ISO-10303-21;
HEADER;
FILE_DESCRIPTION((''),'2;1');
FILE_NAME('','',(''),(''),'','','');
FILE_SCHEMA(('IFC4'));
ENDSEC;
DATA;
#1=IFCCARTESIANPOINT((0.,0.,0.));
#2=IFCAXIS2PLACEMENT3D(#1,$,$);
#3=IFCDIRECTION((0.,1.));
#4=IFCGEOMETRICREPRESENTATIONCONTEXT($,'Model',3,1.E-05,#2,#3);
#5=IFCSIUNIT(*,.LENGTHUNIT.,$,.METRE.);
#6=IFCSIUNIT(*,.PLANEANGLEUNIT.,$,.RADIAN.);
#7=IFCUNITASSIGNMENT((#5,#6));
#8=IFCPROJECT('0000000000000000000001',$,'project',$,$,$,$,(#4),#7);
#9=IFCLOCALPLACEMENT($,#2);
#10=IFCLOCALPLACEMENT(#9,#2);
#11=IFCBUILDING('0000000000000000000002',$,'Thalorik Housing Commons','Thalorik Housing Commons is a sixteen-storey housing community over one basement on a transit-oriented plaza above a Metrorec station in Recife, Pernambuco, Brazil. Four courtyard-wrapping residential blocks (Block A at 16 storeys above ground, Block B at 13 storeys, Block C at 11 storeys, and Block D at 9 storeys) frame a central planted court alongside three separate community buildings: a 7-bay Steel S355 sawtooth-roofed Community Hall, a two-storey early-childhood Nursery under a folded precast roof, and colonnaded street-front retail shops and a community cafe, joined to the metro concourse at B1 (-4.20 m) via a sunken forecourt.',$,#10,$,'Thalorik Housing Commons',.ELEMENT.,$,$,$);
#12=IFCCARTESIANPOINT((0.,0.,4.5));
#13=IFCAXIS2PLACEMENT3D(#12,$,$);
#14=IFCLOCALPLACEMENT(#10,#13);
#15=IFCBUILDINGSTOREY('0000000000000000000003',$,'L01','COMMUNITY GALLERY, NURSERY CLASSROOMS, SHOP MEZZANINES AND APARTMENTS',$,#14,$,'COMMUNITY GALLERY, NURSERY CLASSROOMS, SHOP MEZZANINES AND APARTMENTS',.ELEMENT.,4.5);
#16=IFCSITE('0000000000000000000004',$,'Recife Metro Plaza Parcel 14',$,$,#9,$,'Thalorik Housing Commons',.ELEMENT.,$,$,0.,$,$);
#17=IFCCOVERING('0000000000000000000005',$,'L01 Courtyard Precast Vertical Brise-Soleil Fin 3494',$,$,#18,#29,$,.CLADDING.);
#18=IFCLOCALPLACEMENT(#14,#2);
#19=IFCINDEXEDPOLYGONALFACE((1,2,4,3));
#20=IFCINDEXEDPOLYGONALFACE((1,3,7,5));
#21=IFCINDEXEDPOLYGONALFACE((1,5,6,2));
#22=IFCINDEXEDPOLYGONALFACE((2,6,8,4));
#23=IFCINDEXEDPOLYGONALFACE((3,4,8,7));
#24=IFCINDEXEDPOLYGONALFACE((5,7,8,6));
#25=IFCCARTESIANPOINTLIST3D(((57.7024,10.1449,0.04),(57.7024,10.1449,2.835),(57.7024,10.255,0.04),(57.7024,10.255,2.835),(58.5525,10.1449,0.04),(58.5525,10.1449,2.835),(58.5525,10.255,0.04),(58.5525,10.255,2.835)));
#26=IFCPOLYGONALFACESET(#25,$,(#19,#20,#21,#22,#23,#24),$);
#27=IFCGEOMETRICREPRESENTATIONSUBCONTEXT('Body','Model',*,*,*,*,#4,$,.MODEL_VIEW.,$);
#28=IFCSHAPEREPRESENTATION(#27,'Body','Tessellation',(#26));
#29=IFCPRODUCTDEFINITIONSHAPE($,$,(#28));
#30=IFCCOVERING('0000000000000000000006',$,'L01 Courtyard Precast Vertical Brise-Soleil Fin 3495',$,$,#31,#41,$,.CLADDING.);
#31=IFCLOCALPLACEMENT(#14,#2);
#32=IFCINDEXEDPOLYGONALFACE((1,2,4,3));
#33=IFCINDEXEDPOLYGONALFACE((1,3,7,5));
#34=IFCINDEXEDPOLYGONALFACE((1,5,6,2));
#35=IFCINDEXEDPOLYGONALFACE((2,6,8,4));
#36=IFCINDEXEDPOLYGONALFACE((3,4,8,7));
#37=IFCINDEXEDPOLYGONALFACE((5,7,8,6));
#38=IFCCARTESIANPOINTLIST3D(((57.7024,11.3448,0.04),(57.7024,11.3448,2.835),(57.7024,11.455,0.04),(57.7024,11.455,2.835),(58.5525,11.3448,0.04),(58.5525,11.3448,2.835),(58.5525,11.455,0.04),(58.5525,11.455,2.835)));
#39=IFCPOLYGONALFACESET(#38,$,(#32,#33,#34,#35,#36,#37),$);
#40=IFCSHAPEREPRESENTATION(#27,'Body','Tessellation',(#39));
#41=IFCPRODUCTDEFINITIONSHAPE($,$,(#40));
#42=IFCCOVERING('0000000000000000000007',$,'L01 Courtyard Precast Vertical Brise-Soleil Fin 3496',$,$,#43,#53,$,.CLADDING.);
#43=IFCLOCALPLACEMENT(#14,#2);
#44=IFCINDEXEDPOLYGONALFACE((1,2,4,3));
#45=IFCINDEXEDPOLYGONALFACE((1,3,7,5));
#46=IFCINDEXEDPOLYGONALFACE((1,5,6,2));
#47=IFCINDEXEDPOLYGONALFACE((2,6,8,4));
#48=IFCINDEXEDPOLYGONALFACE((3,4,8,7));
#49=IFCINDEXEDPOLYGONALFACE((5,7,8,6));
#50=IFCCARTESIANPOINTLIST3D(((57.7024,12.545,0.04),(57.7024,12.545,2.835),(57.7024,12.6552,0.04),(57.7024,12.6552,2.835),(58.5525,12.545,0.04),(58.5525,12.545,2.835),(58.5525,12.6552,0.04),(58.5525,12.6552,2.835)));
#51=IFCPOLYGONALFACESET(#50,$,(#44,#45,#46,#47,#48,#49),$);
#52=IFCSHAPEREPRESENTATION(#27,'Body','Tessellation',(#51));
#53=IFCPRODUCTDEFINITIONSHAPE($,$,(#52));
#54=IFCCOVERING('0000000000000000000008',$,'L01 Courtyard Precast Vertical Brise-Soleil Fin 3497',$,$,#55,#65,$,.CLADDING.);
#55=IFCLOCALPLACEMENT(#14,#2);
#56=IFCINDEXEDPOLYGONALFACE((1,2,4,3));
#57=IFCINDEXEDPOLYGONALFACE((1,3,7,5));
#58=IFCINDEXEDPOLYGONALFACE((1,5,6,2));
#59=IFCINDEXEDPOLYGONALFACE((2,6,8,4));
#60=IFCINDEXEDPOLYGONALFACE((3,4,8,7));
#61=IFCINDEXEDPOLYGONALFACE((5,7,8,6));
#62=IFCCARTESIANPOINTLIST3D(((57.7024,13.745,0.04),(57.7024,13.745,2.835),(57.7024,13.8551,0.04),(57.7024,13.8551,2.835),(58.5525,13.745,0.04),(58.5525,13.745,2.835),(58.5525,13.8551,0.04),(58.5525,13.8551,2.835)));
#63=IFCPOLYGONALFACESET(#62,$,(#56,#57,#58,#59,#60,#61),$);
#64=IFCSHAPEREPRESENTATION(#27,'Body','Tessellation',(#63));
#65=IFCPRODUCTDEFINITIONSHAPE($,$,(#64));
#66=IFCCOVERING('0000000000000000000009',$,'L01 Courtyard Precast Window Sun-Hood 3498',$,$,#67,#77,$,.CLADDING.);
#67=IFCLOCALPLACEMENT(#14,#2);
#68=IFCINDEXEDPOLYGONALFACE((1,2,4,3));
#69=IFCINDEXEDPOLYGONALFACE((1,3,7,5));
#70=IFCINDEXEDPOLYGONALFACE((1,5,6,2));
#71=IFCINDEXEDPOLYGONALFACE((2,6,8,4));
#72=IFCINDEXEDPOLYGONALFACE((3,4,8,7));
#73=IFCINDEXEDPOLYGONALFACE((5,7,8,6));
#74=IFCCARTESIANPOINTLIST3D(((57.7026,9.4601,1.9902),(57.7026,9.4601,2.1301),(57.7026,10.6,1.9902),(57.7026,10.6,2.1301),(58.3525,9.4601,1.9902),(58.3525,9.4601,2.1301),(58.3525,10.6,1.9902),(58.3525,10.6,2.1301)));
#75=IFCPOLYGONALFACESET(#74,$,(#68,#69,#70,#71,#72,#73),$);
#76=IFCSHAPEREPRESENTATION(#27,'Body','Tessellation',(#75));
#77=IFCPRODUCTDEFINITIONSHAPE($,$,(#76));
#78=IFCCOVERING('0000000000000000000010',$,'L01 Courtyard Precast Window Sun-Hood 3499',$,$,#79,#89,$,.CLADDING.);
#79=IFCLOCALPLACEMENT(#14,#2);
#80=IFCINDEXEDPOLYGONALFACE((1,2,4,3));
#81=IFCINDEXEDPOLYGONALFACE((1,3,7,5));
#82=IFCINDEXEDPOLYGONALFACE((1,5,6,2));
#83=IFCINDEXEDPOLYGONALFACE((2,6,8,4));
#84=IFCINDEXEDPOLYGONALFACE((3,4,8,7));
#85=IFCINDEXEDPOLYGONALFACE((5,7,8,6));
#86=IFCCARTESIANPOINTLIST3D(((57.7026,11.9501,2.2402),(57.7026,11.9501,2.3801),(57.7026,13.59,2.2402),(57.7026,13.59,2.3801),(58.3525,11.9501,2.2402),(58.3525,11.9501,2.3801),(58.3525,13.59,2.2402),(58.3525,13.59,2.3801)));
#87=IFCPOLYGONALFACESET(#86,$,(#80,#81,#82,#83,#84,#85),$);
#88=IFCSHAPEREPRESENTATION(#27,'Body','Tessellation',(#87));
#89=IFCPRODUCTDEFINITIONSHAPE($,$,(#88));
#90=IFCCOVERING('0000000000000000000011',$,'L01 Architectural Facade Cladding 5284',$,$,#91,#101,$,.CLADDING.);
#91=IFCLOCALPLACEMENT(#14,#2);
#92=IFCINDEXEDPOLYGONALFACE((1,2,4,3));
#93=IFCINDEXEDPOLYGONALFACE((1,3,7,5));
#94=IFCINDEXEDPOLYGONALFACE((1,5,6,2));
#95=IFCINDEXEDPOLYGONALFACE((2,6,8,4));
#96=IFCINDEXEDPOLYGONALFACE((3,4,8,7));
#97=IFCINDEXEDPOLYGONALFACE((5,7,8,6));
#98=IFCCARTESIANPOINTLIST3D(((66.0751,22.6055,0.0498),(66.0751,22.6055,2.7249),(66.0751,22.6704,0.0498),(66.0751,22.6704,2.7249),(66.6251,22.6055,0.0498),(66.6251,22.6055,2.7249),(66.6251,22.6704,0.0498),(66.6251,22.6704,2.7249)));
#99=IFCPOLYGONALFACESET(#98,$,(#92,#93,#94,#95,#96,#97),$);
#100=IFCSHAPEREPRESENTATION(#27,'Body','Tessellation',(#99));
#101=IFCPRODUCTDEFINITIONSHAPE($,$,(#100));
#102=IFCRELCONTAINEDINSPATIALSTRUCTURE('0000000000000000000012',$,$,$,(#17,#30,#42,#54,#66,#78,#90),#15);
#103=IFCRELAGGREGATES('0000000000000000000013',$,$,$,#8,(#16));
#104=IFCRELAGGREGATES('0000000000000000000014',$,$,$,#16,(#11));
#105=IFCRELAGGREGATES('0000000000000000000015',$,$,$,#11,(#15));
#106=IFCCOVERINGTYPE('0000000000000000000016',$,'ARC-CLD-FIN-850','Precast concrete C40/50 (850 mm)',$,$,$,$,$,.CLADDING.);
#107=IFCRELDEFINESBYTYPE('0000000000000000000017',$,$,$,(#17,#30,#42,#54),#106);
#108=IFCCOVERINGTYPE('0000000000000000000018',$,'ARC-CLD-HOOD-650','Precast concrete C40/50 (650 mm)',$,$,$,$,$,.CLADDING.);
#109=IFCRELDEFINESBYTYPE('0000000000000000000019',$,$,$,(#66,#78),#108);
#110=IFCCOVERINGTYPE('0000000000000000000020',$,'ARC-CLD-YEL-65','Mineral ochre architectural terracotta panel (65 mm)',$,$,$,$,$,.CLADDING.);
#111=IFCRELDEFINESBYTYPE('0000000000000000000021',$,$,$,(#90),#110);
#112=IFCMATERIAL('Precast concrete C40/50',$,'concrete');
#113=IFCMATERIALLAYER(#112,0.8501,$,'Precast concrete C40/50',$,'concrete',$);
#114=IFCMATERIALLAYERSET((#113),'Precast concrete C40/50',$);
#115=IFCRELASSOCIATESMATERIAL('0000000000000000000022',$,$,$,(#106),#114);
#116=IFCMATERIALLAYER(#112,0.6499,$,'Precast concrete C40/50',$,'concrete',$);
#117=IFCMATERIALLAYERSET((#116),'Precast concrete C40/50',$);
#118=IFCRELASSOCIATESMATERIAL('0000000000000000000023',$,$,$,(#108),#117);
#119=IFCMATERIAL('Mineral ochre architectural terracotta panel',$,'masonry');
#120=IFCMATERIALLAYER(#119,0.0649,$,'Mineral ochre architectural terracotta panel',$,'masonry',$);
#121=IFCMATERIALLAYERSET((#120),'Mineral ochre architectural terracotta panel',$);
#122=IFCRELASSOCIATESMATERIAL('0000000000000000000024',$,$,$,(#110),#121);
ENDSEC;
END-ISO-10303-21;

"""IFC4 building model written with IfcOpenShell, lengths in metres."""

from ifc_helpers import new_model, si_unit, direction, frame, origin, origin_2d, place, context, subcontext, project, spatial, rectangle, extrude, material, layer, layer_set, type_object, element, save


model = new_model("IFC4")

# Units and contexts
model_context = context("Model", 3, precision=1e-05, world=origin(), true_north=direction((0.0, 1.0)))
body_context = subcontext(model_context, "Body", "Model", "MODEL_VIEW")
ifc_project = project(units=[si_unit("LENGTHUNIT", "METRE"), si_unit("PLANEANGLEUNIT", "RADIAN")], contexts=[model_context])

# Site, building, storey
site_placement = place(None, origin())
site = spatial("IfcSite", under=ifc_project, at=site_placement, Name="Recife Metro Plaza Parcel 14", LongName="Thalorik Housing Commons", CompositionType="ELEMENT", RefElevation=0.0)
building_placement = place(site_placement, origin())
building = spatial("IfcBuilding", under=site, at=building_placement, Name="Thalorik Housing Commons", Description="Thalorik Housing Commons is a sixteen-storey housing community over one basement on a transit-oriented plaza above a Metrorec station in Recife, Pernambuco, Brazil. Four courtyard-wrapping residential blocks (Block A at 16 storeys above ground, Block B at 13 storeys, Block C at 11 storeys, and Block D at 9 storeys) frame a central planted court alongside three separate community buildings: a 7-bay Steel S355 sawtooth-roofed Community Hall, a two-storey early-childhood Nursery under a folded precast roof, and colonnaded street-front retail shops and a community cafe, joined to the metro concourse at B1 (-4.20 m) via a sunken forecourt.", LongName="Thalorik Housing Commons", CompositionType="ELEMENT")
storey_placement = place(building_placement, frame((0.0, 0.0, 4.5)))
storey = spatial("IfcBuildingStorey", under=building, at=storey_placement, Name="L01", Description="COMMUNITY GALLERY, NURSERY CLASSROOMS, SHOP MEZZANINES AND APARTMENTS", LongName="COMMUNITY GALLERY, NURSERY CLASSROOMS, SHOP MEZZANINES AND APARTMENTS", CompositionType="ELEMENT", Elevation=4.5)

# Shared definitions
ifc_material_1 = material(Name="Precast concrete C40/50", Category="concrete")

# Coverings
ifc_layer_1 = layer(ifc_material_1, 0.8501, Name="Precast concrete C40/50", Category="concrete")
ifc_layer_set_1 = layer_set([ifc_layer_1], Name="Precast concrete C40/50")
covering_type_1 = type_object("IfcCoveringType", Name="ARC-CLD-FIN-850", Description="Precast concrete C40/50 (850 mm)", PredefinedType="CLADDING", material=ifc_layer_set_1)
for number, where, z_axis, x_axis, name in (
    (1, (58.1274, 10.2, 0.04), (0.0, 0.0, 1.0), (0.0, 1.0, 0.0), "L01 Courtyard Precast Vertical Brise-Soleil Fin 3494"),
    (2, (58.1274, 11.3999, 0.04), (0.0, 0.0, 1.0), (0.0, 1.0, 0.0), "L01 Courtyard Precast Vertical Brise-Soleil Fin 3495"),
    (3, (58.1274, 12.6001, 0.04), (0.0, 0.0, 1.0), (0.0, 1.0, 0.0), "L01 Courtyard Precast Vertical Brise-Soleil Fin 3496"),
    (4, (58.1274, 13.8, 0.04), (0.0, 0.0, 1.0), (0.0, 1.0, 0.0), "L01 Courtyard Precast Vertical Brise-Soleil Fin 3497"),
):
    element("IfcCovering", number, at=place(storey_placement, frame(where, z_axis=z_axis, x_axis=x_axis)), inside=storey, type_object=covering_type_1, Name=name, PredefinedType="CLADDING", context=body_context, shape_type="SweptSolid", body=[
        extrude(rectangle(XDim=0.1101, YDim=0.8501, at=origin_2d()), origin(), (0.0, 0.0, 1.0), 2.7949),
    ])
ifc_layer_2 = layer(ifc_material_1, 0.6499, Name="Precast concrete C40/50", Category="concrete")
ifc_layer_set_2 = layer_set([ifc_layer_2], Name="Precast concrete C40/50")
covering_type_2 = type_object("IfcCoveringType", Name="ARC-CLD-HOOD-650", Description="Precast concrete C40/50 (650 mm)", PredefinedType="CLADDING", material=ifc_layer_set_2)
covering_1_placement = place(storey_placement, frame((58.0276, 10.03, 1.9902), z_axis=(0.0, 0.0, 1.0), x_axis=(0.0, 1.0, 0.0)))
element("IfcCovering", 5, at=covering_1_placement, inside=storey, type_object=covering_type_2, Name="L01 Courtyard Precast Window Sun-Hood 3498", PredefinedType="CLADDING", context=body_context, shape_type="SweptSolid", body=[
    extrude(rectangle(XDim=1.1399, YDim=0.6499, at=origin_2d()), origin(), (0.0, 0.0, 1.0), 0.1399),
])
covering_2_placement = place(storey_placement, frame((58.0276, 12.77, 2.2402), z_axis=(0.0, 0.0, 1.0), x_axis=(0.0, 1.0, 0.0)))
element("IfcCovering", 6, at=covering_2_placement, inside=storey, type_object=covering_type_2, Name="L01 Courtyard Precast Window Sun-Hood 3499", PredefinedType="CLADDING", context=body_context, shape_type="SweptSolid", body=[
    extrude(rectangle(XDim=1.6399, YDim=0.6499, at=origin_2d()), origin(), (0.0, 0.0, 1.0), 0.1399),
])
ifc_material_2 = material(Name="Mineral ochre architectural terracotta panel", Category="masonry")
ifc_layer_3 = layer(ifc_material_2, 0.0649, Name="Mineral ochre architectural terracotta panel", Category="masonry")
ifc_layer_set_3 = layer_set([ifc_layer_3], Name="Mineral ochre architectural terracotta panel")
covering_type_3 = type_object("IfcCoveringType", Name="ARC-CLD-YEL-65", Description="Mineral ochre architectural terracotta panel (65 mm)", PredefinedType="CLADDING", material=ifc_layer_set_3)
covering_3_placement = place(storey_placement, frame((66.3501, 22.6379, 0.0498), z_axis=(0.0, 0.0, 1.0), x_axis=(1.0, 0.0, 0.0)))
element("IfcCovering", 7, at=covering_3_placement, inside=storey, type_object=covering_type_3, Name="L01 Architectural Facade Cladding 5284", PredefinedType="CLADDING", context=body_context, shape_type="SweptSolid", body=[
    extrude(rectangle(XDim=0.55, YDim=0.0649, at=origin_2d()), origin(), (0.0, 0.0, 1.0), 2.675),
])

save(model, "model.ifc")
